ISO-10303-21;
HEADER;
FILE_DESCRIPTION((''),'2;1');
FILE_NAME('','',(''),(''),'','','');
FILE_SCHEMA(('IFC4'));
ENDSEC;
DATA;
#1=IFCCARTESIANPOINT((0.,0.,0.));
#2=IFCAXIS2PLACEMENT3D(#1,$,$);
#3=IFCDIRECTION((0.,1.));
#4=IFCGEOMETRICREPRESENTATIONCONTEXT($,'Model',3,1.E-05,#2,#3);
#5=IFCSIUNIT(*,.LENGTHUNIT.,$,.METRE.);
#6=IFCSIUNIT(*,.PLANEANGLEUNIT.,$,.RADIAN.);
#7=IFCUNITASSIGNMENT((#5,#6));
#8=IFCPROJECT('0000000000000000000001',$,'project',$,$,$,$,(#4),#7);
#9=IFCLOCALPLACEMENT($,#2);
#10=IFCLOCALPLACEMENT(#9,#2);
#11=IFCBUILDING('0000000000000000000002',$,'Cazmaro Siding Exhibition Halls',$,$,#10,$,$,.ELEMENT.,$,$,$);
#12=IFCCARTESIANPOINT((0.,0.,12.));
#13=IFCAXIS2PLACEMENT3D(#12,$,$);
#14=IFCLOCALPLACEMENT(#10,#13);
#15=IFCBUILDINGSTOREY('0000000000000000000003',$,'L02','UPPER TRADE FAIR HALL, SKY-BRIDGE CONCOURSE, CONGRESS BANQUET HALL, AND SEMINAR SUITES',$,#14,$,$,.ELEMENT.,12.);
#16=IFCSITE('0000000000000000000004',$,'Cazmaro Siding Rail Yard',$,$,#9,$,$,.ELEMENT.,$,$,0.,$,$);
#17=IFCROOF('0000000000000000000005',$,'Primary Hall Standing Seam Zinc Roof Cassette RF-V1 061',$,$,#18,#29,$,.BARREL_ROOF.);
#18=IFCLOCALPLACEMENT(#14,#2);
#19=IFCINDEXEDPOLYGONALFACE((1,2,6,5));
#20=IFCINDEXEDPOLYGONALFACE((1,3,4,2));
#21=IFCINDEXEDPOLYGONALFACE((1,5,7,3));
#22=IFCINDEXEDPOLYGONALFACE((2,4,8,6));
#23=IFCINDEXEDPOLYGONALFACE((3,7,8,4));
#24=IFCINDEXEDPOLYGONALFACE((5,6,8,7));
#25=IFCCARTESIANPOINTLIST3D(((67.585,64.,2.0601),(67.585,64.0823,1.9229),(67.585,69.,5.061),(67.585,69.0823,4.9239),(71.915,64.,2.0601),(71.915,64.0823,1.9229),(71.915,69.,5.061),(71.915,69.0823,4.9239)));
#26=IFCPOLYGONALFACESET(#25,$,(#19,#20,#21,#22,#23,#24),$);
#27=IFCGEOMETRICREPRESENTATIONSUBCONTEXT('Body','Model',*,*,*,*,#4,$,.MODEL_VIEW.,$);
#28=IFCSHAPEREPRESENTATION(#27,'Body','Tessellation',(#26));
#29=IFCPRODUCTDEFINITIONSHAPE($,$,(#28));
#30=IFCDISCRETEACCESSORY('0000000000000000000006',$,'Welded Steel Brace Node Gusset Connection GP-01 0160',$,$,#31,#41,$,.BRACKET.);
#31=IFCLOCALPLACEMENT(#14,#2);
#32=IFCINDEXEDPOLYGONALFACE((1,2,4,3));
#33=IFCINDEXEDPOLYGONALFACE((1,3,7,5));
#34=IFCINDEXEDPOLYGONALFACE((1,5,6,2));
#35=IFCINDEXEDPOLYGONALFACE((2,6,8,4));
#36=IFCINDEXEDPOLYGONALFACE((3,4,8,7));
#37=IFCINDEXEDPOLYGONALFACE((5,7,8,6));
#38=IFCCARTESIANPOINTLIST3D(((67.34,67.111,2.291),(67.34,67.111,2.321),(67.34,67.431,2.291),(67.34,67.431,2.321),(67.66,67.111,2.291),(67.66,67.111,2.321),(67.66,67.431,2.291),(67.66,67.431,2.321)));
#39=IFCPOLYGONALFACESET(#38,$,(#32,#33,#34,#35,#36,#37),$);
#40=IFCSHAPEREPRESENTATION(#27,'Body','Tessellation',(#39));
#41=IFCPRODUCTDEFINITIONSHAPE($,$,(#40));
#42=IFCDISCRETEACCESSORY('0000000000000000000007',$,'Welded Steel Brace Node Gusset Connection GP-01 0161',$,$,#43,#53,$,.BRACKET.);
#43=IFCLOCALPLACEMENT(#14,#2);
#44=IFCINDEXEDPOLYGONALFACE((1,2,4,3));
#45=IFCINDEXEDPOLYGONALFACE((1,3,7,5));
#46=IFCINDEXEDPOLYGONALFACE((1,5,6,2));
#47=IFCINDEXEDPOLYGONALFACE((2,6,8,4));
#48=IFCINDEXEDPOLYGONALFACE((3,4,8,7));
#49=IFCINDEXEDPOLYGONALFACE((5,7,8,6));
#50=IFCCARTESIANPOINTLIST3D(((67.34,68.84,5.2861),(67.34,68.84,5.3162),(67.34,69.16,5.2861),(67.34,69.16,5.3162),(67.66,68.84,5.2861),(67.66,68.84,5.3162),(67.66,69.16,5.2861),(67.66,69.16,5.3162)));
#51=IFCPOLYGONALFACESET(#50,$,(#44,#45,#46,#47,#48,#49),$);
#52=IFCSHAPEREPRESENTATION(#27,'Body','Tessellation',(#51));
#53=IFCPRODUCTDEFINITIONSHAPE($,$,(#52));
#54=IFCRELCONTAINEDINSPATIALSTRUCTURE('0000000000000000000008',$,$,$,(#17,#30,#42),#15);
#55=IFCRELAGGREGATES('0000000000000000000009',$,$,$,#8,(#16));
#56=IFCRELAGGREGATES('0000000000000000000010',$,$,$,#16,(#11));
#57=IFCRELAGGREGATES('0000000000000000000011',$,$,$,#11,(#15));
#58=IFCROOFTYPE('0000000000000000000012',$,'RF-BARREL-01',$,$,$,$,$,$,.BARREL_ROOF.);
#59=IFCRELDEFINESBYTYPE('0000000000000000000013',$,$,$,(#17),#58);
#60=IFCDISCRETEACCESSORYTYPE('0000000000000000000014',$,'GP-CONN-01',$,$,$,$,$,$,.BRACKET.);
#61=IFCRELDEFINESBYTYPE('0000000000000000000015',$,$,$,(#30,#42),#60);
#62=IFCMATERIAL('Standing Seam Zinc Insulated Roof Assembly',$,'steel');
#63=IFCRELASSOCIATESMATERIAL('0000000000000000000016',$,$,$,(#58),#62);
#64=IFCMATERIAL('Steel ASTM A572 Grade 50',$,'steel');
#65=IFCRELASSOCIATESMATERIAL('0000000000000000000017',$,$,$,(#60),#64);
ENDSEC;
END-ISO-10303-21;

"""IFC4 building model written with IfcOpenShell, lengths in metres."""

from ifc_helpers import new_model, si_unit, direction, frame, origin, origin_2d, place, context, subcontext, project, spatial, polyline, rectangle, outline, extrude, material, type_object, element, save


model = new_model("IFC4")

# Units and contexts
model_context = context("Model", 3, precision=1e-05, world=origin(), true_north=direction((0.0, 1.0)))
body_context = subcontext(model_context, "Body", "Model", "MODEL_VIEW")
ifc_project = project(units=[si_unit("LENGTHUNIT", "METRE"), si_unit("PLANEANGLEUNIT", "RADIAN")], contexts=[model_context])

# Site, building, storey
site_placement = place(None, origin())
site = spatial("IfcSite", under=ifc_project, at=site_placement, Name="Cazmaro Siding Rail Yard", CompositionType="ELEMENT", RefElevation=0.0)
building_placement = place(site_placement, origin())
building = spatial("IfcBuilding", under=site, at=building_placement, Name="Cazmaro Siding Exhibition Halls", CompositionType="ELEMENT")
storey_placement = place(building_placement, frame((0.0, 0.0, 12.0)))
storey = spatial("IfcBuildingStorey", under=building, at=storey_placement, Name="L02", Description="UPPER TRADE FAIR HALL, SKY-BRIDGE CONCOURSE, CONGRESS BANQUET HALL, AND SEMINAR SUITES", CompositionType="ELEMENT", Elevation=12.0)

# Roof
ifc_material_1 = material(Name="Standing Seam Zinc Insulated Roof Assembly", Category="steel")
roof_type = type_object("IfcRoofType", Name="RF-BARREL-01", PredefinedType="BARREL_ROOF", material=ifc_material_1)
roof_placement = place(storey_placement, frame((67.585, 64.0, 2.0601), z_axis=(0.0, -0.514619, 0.857419), x_axis=(1.0, 0.0, 0.0)))
element("IfcRoof", 1, at=roof_placement, inside=storey, type_object=roof_type, Name="Primary Hall Standing Seam Zinc Roof Cassette RF-V1 061", PredefinedType="BARREL_ROOF", context=body_context, shape_type="SweptSolid", body=[
    extrude(outline(polyline([(0.0, 0.0), (4.3301, 0.0), (4.3301, 5.8315), (0.0, 5.8315), (0.0, 0.0)])), origin(), (0.0, 0.0, -1.0), 0.1599),
])

# Discrete accessories
ifc_material_2 = material(Name="Steel ASTM A572 Grade 50", Category="steel")
discrete_accessory_type = type_object("IfcDiscreteAccessoryType", Name="GP-CONN-01", PredefinedType="BRACKET", material=ifc_material_2)
for number, where, z_axis, x_axis, name in (
    (2, (67.5, 67.271, 2.291), (0.0, 0.0, 1.0), (1.0, 0.0, 0.0), "Welded Steel Brace Node Gusset Connection GP-01 0160"),
    (3, (67.5, 69.0, 5.2861), (0.0, 0.0, 1.0), (1.0, 0.0, 0.0), "Welded Steel Brace Node Gusset Connection GP-01 0161"),
):
    element("IfcDiscreteAccessory", number, at=place(storey_placement, frame(where, z_axis=z_axis, x_axis=x_axis)), inside=storey, type_object=discrete_accessory_type, Name=name, PredefinedType="BRACKET", context=body_context, shape_type="SweptSolid", body=[
        extrude(rectangle(XDim=0.3201, YDim=0.3201, at=origin_2d()), origin(), (0.0, 0.0, 1.0), 0.03),
    ])

save(model, "model.ifc")
